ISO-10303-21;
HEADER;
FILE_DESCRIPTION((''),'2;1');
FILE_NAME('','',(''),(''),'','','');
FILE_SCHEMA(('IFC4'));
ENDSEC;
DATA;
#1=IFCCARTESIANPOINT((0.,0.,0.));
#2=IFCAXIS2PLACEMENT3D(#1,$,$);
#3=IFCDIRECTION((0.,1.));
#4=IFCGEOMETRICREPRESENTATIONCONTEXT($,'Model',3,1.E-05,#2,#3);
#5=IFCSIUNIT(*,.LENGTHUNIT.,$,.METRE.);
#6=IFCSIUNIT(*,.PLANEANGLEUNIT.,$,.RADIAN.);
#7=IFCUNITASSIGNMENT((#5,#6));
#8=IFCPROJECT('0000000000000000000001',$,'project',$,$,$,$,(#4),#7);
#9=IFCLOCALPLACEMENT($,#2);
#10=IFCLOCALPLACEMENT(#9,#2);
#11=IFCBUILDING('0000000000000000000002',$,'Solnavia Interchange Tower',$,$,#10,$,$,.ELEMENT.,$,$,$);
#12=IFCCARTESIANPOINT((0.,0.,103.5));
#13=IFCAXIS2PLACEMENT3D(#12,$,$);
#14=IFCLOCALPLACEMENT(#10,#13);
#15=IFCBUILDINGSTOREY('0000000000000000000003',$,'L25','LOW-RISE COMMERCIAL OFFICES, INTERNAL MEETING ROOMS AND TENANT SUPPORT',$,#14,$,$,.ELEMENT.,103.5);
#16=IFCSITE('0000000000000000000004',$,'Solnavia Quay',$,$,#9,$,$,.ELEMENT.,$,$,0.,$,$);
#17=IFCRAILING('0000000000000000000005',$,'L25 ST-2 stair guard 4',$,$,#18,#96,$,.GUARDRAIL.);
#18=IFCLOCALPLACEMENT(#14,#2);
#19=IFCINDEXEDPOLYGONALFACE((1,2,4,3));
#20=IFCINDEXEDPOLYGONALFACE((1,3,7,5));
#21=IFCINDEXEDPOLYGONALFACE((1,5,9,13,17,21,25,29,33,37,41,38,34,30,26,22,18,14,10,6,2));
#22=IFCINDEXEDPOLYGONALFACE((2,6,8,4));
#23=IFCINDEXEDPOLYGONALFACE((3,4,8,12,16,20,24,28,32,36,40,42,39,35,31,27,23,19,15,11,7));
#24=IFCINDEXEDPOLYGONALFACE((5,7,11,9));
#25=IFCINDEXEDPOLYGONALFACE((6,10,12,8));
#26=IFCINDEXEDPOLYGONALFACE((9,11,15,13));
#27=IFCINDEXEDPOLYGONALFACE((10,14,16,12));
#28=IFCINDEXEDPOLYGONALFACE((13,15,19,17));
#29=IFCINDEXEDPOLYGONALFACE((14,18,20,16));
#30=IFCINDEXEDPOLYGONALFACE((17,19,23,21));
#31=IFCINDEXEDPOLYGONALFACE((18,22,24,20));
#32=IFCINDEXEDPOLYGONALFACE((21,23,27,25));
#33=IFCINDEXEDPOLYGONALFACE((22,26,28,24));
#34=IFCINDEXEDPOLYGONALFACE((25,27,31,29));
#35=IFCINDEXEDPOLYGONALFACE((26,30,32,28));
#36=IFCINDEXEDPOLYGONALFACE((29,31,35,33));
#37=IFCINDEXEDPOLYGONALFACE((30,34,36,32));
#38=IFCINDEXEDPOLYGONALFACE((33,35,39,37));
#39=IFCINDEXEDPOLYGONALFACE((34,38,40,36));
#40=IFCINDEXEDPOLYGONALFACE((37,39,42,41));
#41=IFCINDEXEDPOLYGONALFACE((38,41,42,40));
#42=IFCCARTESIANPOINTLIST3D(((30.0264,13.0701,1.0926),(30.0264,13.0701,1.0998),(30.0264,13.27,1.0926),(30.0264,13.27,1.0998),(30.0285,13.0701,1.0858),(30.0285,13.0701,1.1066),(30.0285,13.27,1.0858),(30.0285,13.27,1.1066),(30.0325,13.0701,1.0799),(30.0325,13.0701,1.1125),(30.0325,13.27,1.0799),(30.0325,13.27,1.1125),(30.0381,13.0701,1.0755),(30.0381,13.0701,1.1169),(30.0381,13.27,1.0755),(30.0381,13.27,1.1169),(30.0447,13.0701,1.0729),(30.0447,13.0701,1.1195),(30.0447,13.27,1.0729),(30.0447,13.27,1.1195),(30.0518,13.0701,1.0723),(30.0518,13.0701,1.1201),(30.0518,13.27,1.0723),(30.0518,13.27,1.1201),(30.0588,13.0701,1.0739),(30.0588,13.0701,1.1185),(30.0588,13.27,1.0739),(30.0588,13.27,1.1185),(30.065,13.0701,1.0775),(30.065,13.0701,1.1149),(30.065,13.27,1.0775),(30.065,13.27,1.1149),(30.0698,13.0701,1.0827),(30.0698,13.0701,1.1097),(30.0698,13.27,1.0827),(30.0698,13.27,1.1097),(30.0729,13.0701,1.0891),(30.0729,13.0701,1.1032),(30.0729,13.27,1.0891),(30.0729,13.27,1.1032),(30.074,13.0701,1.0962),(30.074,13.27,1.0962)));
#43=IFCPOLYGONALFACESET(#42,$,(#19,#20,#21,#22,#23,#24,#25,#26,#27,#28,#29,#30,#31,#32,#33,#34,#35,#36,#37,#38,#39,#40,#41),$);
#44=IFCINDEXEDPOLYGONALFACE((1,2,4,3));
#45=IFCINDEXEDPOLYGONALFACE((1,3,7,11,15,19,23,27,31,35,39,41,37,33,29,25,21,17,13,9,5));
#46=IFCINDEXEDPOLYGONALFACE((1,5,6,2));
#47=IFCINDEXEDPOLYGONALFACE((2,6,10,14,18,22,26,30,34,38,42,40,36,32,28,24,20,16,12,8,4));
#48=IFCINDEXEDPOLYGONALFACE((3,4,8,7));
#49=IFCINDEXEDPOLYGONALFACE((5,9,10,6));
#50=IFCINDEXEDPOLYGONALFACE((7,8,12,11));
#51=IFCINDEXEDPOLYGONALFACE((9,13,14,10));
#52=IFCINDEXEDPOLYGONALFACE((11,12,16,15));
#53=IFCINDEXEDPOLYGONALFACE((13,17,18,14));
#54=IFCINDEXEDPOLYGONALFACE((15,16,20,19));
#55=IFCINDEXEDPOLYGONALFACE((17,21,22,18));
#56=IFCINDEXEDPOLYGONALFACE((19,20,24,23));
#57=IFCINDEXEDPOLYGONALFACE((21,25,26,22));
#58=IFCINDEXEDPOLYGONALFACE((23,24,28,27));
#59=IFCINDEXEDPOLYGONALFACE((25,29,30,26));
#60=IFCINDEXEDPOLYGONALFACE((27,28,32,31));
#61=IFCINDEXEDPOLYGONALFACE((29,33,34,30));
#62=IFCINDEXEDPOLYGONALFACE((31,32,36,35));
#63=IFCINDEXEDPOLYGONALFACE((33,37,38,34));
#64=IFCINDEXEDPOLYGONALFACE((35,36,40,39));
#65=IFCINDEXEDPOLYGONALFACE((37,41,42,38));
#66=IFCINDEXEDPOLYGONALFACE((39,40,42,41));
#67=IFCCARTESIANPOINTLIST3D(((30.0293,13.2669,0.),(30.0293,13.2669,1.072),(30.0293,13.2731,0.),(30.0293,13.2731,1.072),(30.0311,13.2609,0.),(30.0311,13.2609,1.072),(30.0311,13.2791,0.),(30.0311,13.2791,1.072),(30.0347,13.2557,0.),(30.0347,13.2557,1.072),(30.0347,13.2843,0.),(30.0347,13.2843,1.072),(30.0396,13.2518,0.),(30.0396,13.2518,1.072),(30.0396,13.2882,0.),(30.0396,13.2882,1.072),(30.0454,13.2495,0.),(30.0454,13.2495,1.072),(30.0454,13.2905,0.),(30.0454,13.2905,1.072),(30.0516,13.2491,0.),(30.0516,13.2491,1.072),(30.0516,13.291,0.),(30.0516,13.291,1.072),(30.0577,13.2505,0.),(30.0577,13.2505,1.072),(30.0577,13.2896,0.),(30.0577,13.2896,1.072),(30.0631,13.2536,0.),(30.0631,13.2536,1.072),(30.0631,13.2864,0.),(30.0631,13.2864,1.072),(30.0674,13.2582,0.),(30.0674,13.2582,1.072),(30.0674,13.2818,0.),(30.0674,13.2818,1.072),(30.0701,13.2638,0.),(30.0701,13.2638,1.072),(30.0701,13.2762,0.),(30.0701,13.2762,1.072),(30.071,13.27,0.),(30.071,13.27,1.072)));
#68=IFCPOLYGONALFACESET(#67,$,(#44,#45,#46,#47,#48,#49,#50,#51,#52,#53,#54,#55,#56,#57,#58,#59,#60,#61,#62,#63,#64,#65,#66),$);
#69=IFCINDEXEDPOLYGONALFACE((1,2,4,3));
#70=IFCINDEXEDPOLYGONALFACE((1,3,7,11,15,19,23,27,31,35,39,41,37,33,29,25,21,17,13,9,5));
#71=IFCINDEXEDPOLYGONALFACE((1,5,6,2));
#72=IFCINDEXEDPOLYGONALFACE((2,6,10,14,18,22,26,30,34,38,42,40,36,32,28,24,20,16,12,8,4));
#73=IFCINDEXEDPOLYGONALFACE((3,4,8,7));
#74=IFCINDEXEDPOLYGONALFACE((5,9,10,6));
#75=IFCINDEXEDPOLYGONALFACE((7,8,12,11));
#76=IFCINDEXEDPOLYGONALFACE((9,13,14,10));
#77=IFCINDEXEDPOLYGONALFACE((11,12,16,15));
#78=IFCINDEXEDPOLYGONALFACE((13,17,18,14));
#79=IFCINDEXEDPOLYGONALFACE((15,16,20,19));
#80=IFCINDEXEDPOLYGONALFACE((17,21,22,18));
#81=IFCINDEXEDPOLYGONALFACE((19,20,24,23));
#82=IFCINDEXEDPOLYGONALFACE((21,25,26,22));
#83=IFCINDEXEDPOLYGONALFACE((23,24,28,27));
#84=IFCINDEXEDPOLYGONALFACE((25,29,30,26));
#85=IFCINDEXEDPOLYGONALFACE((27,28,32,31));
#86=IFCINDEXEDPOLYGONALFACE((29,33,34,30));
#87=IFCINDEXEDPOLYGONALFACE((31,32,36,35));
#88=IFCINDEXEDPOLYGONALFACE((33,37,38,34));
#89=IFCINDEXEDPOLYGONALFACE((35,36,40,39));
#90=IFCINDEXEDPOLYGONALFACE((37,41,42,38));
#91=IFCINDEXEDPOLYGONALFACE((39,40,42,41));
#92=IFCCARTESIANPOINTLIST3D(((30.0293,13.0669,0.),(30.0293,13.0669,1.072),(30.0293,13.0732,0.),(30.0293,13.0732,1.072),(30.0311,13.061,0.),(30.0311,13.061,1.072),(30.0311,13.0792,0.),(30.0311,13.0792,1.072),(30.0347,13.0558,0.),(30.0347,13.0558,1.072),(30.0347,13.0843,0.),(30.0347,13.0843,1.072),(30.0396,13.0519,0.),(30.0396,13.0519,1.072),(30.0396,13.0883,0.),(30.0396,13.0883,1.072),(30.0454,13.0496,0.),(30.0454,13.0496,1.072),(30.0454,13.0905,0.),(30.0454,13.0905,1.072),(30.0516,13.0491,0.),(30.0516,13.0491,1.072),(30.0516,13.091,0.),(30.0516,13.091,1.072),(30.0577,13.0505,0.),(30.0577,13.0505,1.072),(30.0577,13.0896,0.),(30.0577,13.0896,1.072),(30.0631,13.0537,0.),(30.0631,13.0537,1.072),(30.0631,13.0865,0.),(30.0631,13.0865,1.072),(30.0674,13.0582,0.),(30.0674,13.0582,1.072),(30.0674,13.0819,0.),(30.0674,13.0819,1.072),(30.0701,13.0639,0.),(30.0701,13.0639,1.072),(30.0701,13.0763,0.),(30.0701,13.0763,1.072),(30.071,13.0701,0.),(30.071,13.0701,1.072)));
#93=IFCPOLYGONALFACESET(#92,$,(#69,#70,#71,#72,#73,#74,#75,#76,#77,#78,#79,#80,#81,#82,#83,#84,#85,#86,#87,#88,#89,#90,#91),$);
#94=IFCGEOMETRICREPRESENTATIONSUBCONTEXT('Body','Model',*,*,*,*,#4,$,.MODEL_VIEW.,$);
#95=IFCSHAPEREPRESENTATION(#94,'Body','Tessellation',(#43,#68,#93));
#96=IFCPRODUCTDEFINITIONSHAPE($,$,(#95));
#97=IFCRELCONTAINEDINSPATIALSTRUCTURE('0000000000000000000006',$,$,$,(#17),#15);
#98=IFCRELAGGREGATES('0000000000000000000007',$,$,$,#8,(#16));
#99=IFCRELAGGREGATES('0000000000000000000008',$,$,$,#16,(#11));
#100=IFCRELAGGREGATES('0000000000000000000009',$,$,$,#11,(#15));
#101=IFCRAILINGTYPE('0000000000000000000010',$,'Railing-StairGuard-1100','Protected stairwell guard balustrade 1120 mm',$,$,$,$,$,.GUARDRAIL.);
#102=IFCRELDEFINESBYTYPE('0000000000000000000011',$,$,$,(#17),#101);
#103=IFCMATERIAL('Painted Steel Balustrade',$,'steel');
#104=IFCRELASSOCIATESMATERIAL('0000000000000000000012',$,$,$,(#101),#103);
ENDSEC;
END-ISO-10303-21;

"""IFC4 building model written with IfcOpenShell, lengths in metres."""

from ifc_helpers import new_model, si_unit, direction, frame, origin, origin_2d, place, context, subcontext, project, spatial, circle, extrude, material, type_object, element, save


model = new_model("IFC4")

# Units and contexts
model_context = context("Model", 3, precision=1e-05, world=origin(), true_north=direction((0.0, 1.0)))
body_context = subcontext(model_context, "Body", "Model", "MODEL_VIEW")
ifc_project = project(units=[si_unit("LENGTHUNIT", "METRE"), si_unit("PLANEANGLEUNIT", "RADIAN")], contexts=[model_context])

# Site, building, storey
site_placement = place(None, origin())
site = spatial("IfcSite", under=ifc_project, at=site_placement, Name="Solnavia Quay", CompositionType="ELEMENT", RefElevation=0.0)
building_placement = place(site_placement, origin())
building = spatial("IfcBuilding", under=site, at=building_placement, Name="Solnavia Interchange Tower", CompositionType="ELEMENT")
storey_placement = place(building_placement, frame((0.0, 0.0, 103.5)))
storey = spatial("IfcBuildingStorey", under=building, at=storey_placement, Name="L25", Description="LOW-RISE COMMERCIAL OFFICES, INTERNAL MEETING ROOMS AND TENANT SUPPORT", CompositionType="ELEMENT", Elevation=103.5)

# Railing
ifc_material_1 = material(Name="Painted Steel Balustrade", Category="steel")
railing_type_1 = type_object("IfcRailingType", Name="Railing-StairGuard-1100", Description="Protected stairwell guard balustrade 1120 mm", PredefinedType="GUARDRAIL", material=ifc_material_1)
railing_1_placement = place(storey_placement, frame((30.05, 13.27, 0.0)))
element("IfcRailing", 1, at=railing_1_placement, inside=storey, type_object=railing_type_1, Name="L25 ST-2 stair guard 4", PredefinedType="GUARDRAIL", context=body_context, shape_type="SweptSolid", body=[
    extrude(circle(Radius=0.0239, at=origin_2d()), frame((0.0, 0.0, 1.0962), z_axis=(0.0, -1.0, 0.0), x_axis=(1.0, 0.0, 0.0)), (0.0, 0.0, 1.0), 0.2),
    extrude(circle(Radius=0.021, at=origin_2d()), origin(), (0.0, 0.0, 1.0), 1.072),
    extrude(circle(Radius=0.021, at=origin_2d()), frame((0.0, -0.2, 0.0)), (0.0, 0.0, 1.0), 1.072),
])

save(model, "model.ifc")
